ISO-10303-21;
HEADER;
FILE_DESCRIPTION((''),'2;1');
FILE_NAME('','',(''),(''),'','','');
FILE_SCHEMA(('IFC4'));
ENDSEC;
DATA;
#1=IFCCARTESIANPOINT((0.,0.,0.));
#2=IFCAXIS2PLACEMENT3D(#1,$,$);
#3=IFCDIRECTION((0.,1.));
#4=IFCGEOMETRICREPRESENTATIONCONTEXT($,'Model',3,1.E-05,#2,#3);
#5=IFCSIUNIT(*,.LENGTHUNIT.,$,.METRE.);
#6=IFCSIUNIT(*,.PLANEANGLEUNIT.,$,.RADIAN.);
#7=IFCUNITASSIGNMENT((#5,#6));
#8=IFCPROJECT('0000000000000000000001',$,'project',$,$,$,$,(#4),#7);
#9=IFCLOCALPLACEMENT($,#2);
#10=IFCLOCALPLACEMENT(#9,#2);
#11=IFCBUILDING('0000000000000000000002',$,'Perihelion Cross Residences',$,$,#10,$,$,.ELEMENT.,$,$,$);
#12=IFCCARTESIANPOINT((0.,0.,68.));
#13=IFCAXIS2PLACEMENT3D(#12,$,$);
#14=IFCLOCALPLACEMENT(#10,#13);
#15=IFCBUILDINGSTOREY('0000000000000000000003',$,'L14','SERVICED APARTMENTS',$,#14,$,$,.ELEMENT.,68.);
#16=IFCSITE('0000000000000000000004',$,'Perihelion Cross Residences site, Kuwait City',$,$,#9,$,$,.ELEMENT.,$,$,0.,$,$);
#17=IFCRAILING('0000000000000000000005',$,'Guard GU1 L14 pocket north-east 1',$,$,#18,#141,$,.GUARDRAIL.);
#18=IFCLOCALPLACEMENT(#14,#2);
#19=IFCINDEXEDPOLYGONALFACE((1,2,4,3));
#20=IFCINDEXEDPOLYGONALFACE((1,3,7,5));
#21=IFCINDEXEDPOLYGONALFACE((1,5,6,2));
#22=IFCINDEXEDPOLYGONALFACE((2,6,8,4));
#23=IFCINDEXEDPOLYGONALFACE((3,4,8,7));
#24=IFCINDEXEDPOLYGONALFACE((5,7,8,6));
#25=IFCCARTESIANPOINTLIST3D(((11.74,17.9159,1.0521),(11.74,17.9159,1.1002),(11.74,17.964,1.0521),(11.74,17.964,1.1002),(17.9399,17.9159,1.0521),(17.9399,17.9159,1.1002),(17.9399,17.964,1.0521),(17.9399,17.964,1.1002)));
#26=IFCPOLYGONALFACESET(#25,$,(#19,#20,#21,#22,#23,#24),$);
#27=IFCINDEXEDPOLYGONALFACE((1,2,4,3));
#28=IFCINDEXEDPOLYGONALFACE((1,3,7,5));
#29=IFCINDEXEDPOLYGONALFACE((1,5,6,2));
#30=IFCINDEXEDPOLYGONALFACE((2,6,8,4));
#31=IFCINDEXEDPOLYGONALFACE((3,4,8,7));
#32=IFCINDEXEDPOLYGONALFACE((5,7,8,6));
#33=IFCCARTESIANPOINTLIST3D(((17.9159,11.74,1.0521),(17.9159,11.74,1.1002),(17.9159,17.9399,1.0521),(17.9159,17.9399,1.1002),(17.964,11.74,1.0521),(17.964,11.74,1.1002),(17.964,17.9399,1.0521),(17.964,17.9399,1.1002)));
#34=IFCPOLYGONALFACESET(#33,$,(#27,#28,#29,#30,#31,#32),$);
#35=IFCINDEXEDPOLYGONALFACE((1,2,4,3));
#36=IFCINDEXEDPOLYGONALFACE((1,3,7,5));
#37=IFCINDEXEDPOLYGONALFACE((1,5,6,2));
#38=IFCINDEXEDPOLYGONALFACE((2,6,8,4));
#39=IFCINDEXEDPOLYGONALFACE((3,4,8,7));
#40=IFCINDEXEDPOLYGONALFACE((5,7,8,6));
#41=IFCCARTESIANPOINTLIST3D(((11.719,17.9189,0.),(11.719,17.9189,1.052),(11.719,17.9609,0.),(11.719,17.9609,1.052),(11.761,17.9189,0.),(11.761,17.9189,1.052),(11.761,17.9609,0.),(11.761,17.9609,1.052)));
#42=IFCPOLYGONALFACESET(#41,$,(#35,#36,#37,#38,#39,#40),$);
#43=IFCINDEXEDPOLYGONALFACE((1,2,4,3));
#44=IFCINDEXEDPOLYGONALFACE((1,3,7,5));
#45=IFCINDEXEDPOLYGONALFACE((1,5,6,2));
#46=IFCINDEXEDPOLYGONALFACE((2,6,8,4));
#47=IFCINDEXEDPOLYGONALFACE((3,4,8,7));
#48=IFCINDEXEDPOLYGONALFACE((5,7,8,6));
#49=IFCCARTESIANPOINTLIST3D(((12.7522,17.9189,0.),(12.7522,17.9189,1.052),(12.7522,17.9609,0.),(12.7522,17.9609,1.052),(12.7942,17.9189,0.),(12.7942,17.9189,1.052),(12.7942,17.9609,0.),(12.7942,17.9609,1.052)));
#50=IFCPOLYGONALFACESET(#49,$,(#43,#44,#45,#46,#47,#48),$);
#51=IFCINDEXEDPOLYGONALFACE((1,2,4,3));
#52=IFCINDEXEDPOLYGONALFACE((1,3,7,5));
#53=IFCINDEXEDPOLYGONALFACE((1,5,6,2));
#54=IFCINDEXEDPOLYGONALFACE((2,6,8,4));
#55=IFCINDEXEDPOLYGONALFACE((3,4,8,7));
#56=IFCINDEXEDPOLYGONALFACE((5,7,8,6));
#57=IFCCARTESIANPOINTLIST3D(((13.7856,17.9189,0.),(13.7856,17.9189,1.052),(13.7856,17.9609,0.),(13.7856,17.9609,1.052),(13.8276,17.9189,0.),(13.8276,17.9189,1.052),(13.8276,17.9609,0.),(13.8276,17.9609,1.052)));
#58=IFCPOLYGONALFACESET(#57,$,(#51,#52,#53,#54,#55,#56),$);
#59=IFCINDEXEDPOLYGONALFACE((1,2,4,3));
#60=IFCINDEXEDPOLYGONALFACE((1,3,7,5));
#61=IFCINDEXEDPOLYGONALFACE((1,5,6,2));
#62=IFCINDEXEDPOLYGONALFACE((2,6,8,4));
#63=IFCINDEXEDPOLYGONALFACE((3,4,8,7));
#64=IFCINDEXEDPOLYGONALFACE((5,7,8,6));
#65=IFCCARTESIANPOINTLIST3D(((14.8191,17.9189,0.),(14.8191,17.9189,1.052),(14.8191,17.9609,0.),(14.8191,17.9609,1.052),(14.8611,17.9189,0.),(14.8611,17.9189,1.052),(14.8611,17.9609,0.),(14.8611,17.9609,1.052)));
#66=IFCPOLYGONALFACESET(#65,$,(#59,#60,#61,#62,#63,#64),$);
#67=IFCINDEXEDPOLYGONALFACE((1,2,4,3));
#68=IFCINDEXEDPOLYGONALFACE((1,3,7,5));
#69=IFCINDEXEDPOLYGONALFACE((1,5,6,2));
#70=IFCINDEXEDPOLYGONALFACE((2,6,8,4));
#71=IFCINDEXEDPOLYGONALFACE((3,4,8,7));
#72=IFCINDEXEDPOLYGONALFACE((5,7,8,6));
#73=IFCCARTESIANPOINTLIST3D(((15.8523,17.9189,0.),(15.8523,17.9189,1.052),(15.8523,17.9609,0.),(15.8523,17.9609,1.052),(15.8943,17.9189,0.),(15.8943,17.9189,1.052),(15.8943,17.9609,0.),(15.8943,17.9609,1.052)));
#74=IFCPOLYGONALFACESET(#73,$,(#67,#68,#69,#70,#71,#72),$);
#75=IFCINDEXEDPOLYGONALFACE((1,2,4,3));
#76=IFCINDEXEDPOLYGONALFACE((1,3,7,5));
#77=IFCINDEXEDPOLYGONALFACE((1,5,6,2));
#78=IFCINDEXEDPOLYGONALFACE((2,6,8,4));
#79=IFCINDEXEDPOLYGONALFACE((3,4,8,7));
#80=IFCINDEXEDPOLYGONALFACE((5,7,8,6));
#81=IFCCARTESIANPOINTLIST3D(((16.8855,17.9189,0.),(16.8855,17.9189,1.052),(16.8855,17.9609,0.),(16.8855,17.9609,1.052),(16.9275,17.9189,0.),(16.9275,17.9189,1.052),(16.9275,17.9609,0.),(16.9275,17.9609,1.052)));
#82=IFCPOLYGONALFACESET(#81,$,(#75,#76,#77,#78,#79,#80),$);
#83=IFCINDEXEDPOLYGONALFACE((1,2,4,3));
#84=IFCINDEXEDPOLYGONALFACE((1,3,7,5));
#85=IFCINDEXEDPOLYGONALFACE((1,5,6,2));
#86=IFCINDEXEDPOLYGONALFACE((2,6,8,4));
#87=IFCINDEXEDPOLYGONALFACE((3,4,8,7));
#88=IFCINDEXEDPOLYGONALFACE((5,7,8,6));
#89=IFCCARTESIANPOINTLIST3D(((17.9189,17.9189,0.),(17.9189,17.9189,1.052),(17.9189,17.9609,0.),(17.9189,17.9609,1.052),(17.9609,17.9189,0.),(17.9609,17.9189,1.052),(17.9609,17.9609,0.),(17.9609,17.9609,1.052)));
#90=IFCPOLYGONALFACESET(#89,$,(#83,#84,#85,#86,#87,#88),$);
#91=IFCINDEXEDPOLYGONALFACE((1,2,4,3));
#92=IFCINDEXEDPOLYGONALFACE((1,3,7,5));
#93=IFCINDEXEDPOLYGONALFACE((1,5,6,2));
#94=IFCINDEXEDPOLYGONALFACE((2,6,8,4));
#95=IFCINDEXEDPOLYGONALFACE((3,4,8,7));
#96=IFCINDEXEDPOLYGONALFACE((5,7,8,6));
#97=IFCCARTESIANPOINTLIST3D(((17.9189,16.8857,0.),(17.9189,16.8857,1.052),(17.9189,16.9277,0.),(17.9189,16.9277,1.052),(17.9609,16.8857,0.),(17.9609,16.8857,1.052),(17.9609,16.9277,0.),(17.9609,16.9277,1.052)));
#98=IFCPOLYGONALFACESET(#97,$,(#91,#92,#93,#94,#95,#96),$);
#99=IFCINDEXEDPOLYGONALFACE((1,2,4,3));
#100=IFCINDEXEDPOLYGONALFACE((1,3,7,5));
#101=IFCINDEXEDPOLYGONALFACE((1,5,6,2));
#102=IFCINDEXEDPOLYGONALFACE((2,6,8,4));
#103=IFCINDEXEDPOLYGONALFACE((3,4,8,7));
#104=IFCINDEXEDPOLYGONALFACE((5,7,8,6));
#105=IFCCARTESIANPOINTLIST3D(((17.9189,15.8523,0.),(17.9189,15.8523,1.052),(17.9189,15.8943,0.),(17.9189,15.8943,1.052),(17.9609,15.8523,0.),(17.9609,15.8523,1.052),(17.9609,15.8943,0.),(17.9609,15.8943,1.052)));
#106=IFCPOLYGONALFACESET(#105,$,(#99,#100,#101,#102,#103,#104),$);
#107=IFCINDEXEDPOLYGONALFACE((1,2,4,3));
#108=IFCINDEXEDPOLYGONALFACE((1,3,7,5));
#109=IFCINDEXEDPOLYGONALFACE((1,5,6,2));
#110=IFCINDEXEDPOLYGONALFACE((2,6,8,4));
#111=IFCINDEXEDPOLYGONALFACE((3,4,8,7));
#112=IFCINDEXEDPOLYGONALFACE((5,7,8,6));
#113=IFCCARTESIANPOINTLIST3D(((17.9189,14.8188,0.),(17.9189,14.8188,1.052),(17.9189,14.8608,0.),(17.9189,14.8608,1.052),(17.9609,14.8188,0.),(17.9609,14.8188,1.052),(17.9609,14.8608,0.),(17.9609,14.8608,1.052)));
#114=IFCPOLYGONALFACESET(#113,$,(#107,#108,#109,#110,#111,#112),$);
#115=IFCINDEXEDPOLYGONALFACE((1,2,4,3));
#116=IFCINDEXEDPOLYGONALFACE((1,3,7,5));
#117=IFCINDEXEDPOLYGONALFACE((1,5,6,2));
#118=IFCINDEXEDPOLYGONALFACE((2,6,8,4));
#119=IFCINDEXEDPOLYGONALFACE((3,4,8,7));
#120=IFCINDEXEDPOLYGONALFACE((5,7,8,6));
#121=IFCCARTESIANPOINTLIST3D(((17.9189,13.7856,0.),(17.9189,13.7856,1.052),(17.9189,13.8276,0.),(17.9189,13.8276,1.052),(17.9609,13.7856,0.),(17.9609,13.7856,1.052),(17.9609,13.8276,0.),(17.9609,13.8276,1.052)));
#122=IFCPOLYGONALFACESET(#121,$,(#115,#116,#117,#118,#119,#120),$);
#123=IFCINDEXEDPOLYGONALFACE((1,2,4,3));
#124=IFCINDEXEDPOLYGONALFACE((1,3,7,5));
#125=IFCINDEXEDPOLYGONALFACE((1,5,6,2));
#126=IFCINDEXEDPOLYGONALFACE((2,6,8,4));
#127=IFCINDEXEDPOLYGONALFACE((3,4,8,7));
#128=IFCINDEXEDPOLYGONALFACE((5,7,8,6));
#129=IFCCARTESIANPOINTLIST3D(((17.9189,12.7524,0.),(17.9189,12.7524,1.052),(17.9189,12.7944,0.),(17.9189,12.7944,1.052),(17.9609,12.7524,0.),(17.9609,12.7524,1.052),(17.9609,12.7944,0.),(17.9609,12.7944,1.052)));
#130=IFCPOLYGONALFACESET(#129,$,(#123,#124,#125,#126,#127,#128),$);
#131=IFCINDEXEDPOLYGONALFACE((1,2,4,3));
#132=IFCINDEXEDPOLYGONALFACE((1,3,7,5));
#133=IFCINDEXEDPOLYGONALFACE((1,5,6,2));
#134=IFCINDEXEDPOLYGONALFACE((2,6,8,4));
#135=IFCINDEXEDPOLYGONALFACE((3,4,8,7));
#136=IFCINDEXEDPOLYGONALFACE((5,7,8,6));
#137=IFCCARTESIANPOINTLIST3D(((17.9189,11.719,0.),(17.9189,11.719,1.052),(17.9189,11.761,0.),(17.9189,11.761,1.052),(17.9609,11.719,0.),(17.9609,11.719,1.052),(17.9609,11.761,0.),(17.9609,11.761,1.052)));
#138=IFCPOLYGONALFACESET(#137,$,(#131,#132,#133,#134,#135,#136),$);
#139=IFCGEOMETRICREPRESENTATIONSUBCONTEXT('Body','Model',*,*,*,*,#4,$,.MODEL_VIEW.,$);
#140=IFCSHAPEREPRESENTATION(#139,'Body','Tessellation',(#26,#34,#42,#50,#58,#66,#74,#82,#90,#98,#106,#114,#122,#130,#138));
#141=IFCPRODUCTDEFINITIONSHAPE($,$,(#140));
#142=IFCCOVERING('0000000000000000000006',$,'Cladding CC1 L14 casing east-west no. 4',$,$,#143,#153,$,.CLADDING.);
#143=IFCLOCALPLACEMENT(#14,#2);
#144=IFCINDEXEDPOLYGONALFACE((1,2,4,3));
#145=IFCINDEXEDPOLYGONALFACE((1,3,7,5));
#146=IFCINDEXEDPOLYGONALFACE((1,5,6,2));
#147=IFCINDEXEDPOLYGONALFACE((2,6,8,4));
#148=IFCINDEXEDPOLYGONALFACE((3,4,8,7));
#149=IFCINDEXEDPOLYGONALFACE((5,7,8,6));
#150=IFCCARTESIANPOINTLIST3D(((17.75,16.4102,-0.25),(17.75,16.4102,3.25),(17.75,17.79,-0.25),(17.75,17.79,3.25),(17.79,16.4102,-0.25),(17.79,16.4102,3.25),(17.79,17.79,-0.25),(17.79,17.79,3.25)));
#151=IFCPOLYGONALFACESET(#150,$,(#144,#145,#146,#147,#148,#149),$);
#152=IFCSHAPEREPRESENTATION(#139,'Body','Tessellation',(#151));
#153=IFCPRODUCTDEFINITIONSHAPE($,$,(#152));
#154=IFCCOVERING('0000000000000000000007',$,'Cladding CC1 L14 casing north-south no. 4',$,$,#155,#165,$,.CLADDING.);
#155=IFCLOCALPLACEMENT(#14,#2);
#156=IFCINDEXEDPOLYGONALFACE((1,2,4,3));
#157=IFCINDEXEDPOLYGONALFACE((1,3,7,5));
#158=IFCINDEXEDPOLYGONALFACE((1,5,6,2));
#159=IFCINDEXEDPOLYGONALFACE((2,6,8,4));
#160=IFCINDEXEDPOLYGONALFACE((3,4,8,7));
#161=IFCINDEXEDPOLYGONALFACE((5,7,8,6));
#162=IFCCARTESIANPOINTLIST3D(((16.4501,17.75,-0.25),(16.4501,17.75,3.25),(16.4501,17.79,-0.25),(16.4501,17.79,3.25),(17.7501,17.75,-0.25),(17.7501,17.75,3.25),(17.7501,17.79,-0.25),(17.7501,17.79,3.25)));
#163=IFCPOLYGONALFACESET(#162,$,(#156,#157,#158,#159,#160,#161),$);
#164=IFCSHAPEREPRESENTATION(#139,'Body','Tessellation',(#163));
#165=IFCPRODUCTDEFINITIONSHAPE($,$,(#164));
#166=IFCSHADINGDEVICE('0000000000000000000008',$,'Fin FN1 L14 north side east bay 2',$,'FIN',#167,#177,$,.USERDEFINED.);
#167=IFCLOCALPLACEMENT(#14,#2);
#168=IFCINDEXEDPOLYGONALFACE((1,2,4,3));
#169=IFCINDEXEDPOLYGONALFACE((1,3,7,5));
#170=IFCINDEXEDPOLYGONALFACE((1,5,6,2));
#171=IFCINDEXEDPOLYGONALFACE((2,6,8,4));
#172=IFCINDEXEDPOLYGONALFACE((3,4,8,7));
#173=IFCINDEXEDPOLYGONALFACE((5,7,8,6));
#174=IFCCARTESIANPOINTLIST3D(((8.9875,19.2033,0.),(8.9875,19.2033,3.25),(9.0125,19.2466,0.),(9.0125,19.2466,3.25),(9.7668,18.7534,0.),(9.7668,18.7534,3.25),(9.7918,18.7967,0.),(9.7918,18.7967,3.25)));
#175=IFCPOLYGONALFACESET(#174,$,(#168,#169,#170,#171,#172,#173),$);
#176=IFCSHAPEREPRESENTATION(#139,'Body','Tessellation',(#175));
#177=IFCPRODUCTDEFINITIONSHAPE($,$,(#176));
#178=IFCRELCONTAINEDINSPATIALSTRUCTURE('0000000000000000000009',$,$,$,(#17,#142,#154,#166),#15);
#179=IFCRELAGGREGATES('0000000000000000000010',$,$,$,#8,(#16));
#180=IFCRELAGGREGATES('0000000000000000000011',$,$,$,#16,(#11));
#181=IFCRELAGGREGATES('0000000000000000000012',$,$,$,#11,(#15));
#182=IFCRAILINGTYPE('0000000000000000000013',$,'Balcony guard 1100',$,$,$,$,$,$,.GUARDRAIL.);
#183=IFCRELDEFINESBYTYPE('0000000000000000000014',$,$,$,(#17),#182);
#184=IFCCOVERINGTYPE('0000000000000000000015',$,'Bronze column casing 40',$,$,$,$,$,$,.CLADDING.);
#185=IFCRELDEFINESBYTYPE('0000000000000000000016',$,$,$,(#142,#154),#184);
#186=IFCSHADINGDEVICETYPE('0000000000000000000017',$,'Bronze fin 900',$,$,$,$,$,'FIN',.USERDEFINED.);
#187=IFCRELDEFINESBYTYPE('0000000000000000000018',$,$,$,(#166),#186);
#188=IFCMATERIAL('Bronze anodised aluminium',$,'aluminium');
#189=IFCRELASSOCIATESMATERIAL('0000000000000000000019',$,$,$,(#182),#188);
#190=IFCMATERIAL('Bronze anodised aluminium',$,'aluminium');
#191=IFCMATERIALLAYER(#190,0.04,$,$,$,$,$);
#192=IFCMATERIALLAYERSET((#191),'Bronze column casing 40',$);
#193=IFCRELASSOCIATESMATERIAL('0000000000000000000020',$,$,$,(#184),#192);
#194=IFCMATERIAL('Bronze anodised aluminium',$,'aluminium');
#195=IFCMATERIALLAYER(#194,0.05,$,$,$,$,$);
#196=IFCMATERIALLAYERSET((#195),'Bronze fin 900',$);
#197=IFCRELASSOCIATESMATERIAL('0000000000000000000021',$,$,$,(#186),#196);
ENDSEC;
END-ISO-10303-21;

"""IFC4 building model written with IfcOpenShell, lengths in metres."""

from ifc_helpers import new_model, si_unit, direction, frame, origin, origin_2d, place, context, subcontext, project, spatial, rectangle, extrude, material, layer, layer_set, type_object, element, save


model = new_model("IFC4")

# Units and contexts
model_context = context("Model", 3, precision=1e-05, world=origin(), true_north=direction((0.0, 1.0)))
body_context = subcontext(model_context, "Body", "Model", "MODEL_VIEW")
ifc_project = project(units=[si_unit("LENGTHUNIT", "METRE"), si_unit("PLANEANGLEUNIT", "RADIAN")], contexts=[model_context])

# Site, building, storey
site_placement = place(None, origin())
site = spatial("IfcSite", under=ifc_project, at=site_placement, Name="Perihelion Cross Residences site, Kuwait City", CompositionType="ELEMENT", RefElevation=0.0)
building_placement = place(site_placement, origin())
building = spatial("IfcBuilding", under=site, at=building_placement, Name="Perihelion Cross Residences", CompositionType="ELEMENT")
storey_placement = place(building_placement, frame((0.0, 0.0, 68.0)))
storey = spatial("IfcBuildingStorey", under=building, at=storey_placement, Name="L14", Description="SERVICED APARTMENTS", CompositionType="ELEMENT", Elevation=68.0)

# Railing
ifc_material_1 = material(Name="Bronze anodised aluminium", Category="aluminium")
railing_type = type_object("IfcRailingType", Name="Balcony guard 1100", PredefinedType="GUARDRAIL", material=ifc_material_1)
railing_1_placement = place(storey_placement, frame((11.74, 17.9399, 0.0)))
element("IfcRailing", 1, at=railing_1_placement, inside=storey, type_object=railing_type, Name="Guard GU1 L14 pocket north-east 1", PredefinedType="GUARDRAIL", context=body_context, shape_type="SweptSolid", body=[
    extrude(rectangle(XDim=0.0481, YDim=0.0481, at=origin_2d()), frame((0.0, 0.0, 1.0762), z_axis=(1.0, 0.0, 0.0), x_axis=(0.0, 1.0, 0.0)), (0.0, 0.0, 1.0), 6.2),
    extrude(rectangle(XDim=0.0481, YDim=0.0481, at=origin_2d()), frame((6.2, 0.0, 1.0762), z_axis=(0.0, -1.0, 0.0), x_axis=(1.0, 0.0, 0.0)), (0.0, 0.0, 1.0), 6.2),
    extrude(rectangle(XDim=0.042, YDim=0.042, at=origin_2d()), origin(), (0.0, 0.0, 1.0), 1.052),
    extrude(rectangle(XDim=0.042, YDim=0.042, at=origin_2d()), frame((1.0332, 0.0, 0.0)), (0.0, 0.0, 1.0), 1.052),
    extrude(rectangle(XDim=0.042, YDim=0.042, at=origin_2d()), frame((2.0667, 0.0, 0.0)), (0.0, 0.0, 1.0), 1.052),
    extrude(rectangle(XDim=0.042, YDim=0.042, at=origin_2d()), frame((3.1001, 0.0, 0.0)), (0.0, 0.0, 1.0), 1.052),
    extrude(rectangle(XDim=0.042, YDim=0.042, at=origin_2d()), frame((4.1333, 0.0, 0.0)), (0.0, 0.0, 1.0), 1.052),
    extrude(rectangle(XDim=0.042, YDim=0.042, at=origin_2d()), frame((5.1665, 0.0, 0.0)), (0.0, 0.0, 1.0), 1.052),
    extrude(rectangle(XDim=0.042, YDim=0.042, at=origin_2d()), frame((6.2, 0.0, 0.0)), (0.0, 0.0, 1.0), 1.052),
    extrude(rectangle(XDim=0.042, YDim=0.042, at=origin_2d()), frame((6.2, -1.0332, 0.0)), (0.0, 0.0, 1.0), 1.052),
    extrude(rectangle(XDim=0.042, YDim=0.042, at=origin_2d()), frame((6.2, -2.0667, 0.0)), (0.0, 0.0, 1.0), 1.052),
    extrude(rectangle(XDim=0.042, YDim=0.042, at=origin_2d()), frame((6.2, -3.1001, 0.0)), (0.0, 0.0, 1.0), 1.052),
    extrude(rectangle(XDim=0.042, YDim=0.042, at=origin_2d()), frame((6.2, -4.1333, 0.0)), (0.0, 0.0, 1.0), 1.052),
    extrude(rectangle(XDim=0.042, YDim=0.042, at=origin_2d()), frame((6.2, -5.1665, 0.0)), (0.0, 0.0, 1.0), 1.052),
    extrude(rectangle(XDim=0.042, YDim=0.042, at=origin_2d()), frame((6.2, -6.2, 0.0)), (0.0, 0.0, 1.0), 1.052),
])

# Coverings
ifc_material_2 = material(Name="Bronze anodised aluminium", Category="aluminium")
ifc_layer_1 = layer(ifc_material_2, 0.04)
ifc_layer_set_1 = layer_set([ifc_layer_1], Name="Bronze column casing 40")
covering_type = type_object("IfcCoveringType", Name="Bronze column casing 40", PredefinedType="CLADDING", material=ifc_layer_set_1)
covering_1_placement = place(storey_placement, frame((17.77, 17.1001, -0.25), z_axis=(0.0, 0.0, 1.0), x_axis=(1.0, 0.0, 0.0)))
element("IfcCovering", 2, at=covering_1_placement, inside=storey, type_object=covering_type, Name="Cladding CC1 L14 casing east-west no. 4", PredefinedType="CLADDING", context=body_context, shape_type="SweptSolid", body=[
    extrude(rectangle(XDim=0.04, YDim=1.3799, at=origin_2d()), origin(), (0.0, 0.0, 1.0), 3.5),
])
covering_2_placement = place(storey_placement, frame((17.1001, 17.77, -0.25), z_axis=(0.0, 0.0, 1.0), x_axis=(1.0, 0.0, 0.0)))
element("IfcCovering", 3, at=covering_2_placement, inside=storey, type_object=covering_type, Name="Cladding CC1 L14 casing north-south no. 4", PredefinedType="CLADDING", context=body_context, shape_type="SweptSolid", body=[
    extrude(rectangle(XDim=1.3, YDim=0.04, at=origin_2d()), origin(), (0.0, 0.0, 1.0), 3.5),
])

# Shading device
ifc_material_3 = material(Name="Bronze anodised aluminium", Category="aluminium")
ifc_layer_2 = layer(ifc_material_3, 0.05)
ifc_layer_set_2 = layer_set([ifc_layer_2], Name="Bronze fin 900")
shading_device_type = type_object("IfcShadingDeviceType", Name="Bronze fin 900", ElementType="FIN", PredefinedType="USERDEFINED", material=ifc_layer_set_2)
shading_device_placement = place(storey_placement, frame((9.3896, 19.0, 0.0), z_axis=(0.0, 0.0, 1.0), x_axis=(0.866025, -0.5, 0.0)))
element("IfcShadingDevice", 4, at=shading_device_placement, inside=storey, type_object=shading_device_type, Name="Fin FN1 L14 north side east bay 2", ObjectType="FIN", PredefinedType="USERDEFINED", context=body_context, shape_type="SweptSolid", body=[
    extrude(rectangle(XDim=0.8999, YDim=0.05, at=origin_2d()), origin(), (0.0, 0.0, 1.0), 3.25),
])

save(model, "model.ifc")
